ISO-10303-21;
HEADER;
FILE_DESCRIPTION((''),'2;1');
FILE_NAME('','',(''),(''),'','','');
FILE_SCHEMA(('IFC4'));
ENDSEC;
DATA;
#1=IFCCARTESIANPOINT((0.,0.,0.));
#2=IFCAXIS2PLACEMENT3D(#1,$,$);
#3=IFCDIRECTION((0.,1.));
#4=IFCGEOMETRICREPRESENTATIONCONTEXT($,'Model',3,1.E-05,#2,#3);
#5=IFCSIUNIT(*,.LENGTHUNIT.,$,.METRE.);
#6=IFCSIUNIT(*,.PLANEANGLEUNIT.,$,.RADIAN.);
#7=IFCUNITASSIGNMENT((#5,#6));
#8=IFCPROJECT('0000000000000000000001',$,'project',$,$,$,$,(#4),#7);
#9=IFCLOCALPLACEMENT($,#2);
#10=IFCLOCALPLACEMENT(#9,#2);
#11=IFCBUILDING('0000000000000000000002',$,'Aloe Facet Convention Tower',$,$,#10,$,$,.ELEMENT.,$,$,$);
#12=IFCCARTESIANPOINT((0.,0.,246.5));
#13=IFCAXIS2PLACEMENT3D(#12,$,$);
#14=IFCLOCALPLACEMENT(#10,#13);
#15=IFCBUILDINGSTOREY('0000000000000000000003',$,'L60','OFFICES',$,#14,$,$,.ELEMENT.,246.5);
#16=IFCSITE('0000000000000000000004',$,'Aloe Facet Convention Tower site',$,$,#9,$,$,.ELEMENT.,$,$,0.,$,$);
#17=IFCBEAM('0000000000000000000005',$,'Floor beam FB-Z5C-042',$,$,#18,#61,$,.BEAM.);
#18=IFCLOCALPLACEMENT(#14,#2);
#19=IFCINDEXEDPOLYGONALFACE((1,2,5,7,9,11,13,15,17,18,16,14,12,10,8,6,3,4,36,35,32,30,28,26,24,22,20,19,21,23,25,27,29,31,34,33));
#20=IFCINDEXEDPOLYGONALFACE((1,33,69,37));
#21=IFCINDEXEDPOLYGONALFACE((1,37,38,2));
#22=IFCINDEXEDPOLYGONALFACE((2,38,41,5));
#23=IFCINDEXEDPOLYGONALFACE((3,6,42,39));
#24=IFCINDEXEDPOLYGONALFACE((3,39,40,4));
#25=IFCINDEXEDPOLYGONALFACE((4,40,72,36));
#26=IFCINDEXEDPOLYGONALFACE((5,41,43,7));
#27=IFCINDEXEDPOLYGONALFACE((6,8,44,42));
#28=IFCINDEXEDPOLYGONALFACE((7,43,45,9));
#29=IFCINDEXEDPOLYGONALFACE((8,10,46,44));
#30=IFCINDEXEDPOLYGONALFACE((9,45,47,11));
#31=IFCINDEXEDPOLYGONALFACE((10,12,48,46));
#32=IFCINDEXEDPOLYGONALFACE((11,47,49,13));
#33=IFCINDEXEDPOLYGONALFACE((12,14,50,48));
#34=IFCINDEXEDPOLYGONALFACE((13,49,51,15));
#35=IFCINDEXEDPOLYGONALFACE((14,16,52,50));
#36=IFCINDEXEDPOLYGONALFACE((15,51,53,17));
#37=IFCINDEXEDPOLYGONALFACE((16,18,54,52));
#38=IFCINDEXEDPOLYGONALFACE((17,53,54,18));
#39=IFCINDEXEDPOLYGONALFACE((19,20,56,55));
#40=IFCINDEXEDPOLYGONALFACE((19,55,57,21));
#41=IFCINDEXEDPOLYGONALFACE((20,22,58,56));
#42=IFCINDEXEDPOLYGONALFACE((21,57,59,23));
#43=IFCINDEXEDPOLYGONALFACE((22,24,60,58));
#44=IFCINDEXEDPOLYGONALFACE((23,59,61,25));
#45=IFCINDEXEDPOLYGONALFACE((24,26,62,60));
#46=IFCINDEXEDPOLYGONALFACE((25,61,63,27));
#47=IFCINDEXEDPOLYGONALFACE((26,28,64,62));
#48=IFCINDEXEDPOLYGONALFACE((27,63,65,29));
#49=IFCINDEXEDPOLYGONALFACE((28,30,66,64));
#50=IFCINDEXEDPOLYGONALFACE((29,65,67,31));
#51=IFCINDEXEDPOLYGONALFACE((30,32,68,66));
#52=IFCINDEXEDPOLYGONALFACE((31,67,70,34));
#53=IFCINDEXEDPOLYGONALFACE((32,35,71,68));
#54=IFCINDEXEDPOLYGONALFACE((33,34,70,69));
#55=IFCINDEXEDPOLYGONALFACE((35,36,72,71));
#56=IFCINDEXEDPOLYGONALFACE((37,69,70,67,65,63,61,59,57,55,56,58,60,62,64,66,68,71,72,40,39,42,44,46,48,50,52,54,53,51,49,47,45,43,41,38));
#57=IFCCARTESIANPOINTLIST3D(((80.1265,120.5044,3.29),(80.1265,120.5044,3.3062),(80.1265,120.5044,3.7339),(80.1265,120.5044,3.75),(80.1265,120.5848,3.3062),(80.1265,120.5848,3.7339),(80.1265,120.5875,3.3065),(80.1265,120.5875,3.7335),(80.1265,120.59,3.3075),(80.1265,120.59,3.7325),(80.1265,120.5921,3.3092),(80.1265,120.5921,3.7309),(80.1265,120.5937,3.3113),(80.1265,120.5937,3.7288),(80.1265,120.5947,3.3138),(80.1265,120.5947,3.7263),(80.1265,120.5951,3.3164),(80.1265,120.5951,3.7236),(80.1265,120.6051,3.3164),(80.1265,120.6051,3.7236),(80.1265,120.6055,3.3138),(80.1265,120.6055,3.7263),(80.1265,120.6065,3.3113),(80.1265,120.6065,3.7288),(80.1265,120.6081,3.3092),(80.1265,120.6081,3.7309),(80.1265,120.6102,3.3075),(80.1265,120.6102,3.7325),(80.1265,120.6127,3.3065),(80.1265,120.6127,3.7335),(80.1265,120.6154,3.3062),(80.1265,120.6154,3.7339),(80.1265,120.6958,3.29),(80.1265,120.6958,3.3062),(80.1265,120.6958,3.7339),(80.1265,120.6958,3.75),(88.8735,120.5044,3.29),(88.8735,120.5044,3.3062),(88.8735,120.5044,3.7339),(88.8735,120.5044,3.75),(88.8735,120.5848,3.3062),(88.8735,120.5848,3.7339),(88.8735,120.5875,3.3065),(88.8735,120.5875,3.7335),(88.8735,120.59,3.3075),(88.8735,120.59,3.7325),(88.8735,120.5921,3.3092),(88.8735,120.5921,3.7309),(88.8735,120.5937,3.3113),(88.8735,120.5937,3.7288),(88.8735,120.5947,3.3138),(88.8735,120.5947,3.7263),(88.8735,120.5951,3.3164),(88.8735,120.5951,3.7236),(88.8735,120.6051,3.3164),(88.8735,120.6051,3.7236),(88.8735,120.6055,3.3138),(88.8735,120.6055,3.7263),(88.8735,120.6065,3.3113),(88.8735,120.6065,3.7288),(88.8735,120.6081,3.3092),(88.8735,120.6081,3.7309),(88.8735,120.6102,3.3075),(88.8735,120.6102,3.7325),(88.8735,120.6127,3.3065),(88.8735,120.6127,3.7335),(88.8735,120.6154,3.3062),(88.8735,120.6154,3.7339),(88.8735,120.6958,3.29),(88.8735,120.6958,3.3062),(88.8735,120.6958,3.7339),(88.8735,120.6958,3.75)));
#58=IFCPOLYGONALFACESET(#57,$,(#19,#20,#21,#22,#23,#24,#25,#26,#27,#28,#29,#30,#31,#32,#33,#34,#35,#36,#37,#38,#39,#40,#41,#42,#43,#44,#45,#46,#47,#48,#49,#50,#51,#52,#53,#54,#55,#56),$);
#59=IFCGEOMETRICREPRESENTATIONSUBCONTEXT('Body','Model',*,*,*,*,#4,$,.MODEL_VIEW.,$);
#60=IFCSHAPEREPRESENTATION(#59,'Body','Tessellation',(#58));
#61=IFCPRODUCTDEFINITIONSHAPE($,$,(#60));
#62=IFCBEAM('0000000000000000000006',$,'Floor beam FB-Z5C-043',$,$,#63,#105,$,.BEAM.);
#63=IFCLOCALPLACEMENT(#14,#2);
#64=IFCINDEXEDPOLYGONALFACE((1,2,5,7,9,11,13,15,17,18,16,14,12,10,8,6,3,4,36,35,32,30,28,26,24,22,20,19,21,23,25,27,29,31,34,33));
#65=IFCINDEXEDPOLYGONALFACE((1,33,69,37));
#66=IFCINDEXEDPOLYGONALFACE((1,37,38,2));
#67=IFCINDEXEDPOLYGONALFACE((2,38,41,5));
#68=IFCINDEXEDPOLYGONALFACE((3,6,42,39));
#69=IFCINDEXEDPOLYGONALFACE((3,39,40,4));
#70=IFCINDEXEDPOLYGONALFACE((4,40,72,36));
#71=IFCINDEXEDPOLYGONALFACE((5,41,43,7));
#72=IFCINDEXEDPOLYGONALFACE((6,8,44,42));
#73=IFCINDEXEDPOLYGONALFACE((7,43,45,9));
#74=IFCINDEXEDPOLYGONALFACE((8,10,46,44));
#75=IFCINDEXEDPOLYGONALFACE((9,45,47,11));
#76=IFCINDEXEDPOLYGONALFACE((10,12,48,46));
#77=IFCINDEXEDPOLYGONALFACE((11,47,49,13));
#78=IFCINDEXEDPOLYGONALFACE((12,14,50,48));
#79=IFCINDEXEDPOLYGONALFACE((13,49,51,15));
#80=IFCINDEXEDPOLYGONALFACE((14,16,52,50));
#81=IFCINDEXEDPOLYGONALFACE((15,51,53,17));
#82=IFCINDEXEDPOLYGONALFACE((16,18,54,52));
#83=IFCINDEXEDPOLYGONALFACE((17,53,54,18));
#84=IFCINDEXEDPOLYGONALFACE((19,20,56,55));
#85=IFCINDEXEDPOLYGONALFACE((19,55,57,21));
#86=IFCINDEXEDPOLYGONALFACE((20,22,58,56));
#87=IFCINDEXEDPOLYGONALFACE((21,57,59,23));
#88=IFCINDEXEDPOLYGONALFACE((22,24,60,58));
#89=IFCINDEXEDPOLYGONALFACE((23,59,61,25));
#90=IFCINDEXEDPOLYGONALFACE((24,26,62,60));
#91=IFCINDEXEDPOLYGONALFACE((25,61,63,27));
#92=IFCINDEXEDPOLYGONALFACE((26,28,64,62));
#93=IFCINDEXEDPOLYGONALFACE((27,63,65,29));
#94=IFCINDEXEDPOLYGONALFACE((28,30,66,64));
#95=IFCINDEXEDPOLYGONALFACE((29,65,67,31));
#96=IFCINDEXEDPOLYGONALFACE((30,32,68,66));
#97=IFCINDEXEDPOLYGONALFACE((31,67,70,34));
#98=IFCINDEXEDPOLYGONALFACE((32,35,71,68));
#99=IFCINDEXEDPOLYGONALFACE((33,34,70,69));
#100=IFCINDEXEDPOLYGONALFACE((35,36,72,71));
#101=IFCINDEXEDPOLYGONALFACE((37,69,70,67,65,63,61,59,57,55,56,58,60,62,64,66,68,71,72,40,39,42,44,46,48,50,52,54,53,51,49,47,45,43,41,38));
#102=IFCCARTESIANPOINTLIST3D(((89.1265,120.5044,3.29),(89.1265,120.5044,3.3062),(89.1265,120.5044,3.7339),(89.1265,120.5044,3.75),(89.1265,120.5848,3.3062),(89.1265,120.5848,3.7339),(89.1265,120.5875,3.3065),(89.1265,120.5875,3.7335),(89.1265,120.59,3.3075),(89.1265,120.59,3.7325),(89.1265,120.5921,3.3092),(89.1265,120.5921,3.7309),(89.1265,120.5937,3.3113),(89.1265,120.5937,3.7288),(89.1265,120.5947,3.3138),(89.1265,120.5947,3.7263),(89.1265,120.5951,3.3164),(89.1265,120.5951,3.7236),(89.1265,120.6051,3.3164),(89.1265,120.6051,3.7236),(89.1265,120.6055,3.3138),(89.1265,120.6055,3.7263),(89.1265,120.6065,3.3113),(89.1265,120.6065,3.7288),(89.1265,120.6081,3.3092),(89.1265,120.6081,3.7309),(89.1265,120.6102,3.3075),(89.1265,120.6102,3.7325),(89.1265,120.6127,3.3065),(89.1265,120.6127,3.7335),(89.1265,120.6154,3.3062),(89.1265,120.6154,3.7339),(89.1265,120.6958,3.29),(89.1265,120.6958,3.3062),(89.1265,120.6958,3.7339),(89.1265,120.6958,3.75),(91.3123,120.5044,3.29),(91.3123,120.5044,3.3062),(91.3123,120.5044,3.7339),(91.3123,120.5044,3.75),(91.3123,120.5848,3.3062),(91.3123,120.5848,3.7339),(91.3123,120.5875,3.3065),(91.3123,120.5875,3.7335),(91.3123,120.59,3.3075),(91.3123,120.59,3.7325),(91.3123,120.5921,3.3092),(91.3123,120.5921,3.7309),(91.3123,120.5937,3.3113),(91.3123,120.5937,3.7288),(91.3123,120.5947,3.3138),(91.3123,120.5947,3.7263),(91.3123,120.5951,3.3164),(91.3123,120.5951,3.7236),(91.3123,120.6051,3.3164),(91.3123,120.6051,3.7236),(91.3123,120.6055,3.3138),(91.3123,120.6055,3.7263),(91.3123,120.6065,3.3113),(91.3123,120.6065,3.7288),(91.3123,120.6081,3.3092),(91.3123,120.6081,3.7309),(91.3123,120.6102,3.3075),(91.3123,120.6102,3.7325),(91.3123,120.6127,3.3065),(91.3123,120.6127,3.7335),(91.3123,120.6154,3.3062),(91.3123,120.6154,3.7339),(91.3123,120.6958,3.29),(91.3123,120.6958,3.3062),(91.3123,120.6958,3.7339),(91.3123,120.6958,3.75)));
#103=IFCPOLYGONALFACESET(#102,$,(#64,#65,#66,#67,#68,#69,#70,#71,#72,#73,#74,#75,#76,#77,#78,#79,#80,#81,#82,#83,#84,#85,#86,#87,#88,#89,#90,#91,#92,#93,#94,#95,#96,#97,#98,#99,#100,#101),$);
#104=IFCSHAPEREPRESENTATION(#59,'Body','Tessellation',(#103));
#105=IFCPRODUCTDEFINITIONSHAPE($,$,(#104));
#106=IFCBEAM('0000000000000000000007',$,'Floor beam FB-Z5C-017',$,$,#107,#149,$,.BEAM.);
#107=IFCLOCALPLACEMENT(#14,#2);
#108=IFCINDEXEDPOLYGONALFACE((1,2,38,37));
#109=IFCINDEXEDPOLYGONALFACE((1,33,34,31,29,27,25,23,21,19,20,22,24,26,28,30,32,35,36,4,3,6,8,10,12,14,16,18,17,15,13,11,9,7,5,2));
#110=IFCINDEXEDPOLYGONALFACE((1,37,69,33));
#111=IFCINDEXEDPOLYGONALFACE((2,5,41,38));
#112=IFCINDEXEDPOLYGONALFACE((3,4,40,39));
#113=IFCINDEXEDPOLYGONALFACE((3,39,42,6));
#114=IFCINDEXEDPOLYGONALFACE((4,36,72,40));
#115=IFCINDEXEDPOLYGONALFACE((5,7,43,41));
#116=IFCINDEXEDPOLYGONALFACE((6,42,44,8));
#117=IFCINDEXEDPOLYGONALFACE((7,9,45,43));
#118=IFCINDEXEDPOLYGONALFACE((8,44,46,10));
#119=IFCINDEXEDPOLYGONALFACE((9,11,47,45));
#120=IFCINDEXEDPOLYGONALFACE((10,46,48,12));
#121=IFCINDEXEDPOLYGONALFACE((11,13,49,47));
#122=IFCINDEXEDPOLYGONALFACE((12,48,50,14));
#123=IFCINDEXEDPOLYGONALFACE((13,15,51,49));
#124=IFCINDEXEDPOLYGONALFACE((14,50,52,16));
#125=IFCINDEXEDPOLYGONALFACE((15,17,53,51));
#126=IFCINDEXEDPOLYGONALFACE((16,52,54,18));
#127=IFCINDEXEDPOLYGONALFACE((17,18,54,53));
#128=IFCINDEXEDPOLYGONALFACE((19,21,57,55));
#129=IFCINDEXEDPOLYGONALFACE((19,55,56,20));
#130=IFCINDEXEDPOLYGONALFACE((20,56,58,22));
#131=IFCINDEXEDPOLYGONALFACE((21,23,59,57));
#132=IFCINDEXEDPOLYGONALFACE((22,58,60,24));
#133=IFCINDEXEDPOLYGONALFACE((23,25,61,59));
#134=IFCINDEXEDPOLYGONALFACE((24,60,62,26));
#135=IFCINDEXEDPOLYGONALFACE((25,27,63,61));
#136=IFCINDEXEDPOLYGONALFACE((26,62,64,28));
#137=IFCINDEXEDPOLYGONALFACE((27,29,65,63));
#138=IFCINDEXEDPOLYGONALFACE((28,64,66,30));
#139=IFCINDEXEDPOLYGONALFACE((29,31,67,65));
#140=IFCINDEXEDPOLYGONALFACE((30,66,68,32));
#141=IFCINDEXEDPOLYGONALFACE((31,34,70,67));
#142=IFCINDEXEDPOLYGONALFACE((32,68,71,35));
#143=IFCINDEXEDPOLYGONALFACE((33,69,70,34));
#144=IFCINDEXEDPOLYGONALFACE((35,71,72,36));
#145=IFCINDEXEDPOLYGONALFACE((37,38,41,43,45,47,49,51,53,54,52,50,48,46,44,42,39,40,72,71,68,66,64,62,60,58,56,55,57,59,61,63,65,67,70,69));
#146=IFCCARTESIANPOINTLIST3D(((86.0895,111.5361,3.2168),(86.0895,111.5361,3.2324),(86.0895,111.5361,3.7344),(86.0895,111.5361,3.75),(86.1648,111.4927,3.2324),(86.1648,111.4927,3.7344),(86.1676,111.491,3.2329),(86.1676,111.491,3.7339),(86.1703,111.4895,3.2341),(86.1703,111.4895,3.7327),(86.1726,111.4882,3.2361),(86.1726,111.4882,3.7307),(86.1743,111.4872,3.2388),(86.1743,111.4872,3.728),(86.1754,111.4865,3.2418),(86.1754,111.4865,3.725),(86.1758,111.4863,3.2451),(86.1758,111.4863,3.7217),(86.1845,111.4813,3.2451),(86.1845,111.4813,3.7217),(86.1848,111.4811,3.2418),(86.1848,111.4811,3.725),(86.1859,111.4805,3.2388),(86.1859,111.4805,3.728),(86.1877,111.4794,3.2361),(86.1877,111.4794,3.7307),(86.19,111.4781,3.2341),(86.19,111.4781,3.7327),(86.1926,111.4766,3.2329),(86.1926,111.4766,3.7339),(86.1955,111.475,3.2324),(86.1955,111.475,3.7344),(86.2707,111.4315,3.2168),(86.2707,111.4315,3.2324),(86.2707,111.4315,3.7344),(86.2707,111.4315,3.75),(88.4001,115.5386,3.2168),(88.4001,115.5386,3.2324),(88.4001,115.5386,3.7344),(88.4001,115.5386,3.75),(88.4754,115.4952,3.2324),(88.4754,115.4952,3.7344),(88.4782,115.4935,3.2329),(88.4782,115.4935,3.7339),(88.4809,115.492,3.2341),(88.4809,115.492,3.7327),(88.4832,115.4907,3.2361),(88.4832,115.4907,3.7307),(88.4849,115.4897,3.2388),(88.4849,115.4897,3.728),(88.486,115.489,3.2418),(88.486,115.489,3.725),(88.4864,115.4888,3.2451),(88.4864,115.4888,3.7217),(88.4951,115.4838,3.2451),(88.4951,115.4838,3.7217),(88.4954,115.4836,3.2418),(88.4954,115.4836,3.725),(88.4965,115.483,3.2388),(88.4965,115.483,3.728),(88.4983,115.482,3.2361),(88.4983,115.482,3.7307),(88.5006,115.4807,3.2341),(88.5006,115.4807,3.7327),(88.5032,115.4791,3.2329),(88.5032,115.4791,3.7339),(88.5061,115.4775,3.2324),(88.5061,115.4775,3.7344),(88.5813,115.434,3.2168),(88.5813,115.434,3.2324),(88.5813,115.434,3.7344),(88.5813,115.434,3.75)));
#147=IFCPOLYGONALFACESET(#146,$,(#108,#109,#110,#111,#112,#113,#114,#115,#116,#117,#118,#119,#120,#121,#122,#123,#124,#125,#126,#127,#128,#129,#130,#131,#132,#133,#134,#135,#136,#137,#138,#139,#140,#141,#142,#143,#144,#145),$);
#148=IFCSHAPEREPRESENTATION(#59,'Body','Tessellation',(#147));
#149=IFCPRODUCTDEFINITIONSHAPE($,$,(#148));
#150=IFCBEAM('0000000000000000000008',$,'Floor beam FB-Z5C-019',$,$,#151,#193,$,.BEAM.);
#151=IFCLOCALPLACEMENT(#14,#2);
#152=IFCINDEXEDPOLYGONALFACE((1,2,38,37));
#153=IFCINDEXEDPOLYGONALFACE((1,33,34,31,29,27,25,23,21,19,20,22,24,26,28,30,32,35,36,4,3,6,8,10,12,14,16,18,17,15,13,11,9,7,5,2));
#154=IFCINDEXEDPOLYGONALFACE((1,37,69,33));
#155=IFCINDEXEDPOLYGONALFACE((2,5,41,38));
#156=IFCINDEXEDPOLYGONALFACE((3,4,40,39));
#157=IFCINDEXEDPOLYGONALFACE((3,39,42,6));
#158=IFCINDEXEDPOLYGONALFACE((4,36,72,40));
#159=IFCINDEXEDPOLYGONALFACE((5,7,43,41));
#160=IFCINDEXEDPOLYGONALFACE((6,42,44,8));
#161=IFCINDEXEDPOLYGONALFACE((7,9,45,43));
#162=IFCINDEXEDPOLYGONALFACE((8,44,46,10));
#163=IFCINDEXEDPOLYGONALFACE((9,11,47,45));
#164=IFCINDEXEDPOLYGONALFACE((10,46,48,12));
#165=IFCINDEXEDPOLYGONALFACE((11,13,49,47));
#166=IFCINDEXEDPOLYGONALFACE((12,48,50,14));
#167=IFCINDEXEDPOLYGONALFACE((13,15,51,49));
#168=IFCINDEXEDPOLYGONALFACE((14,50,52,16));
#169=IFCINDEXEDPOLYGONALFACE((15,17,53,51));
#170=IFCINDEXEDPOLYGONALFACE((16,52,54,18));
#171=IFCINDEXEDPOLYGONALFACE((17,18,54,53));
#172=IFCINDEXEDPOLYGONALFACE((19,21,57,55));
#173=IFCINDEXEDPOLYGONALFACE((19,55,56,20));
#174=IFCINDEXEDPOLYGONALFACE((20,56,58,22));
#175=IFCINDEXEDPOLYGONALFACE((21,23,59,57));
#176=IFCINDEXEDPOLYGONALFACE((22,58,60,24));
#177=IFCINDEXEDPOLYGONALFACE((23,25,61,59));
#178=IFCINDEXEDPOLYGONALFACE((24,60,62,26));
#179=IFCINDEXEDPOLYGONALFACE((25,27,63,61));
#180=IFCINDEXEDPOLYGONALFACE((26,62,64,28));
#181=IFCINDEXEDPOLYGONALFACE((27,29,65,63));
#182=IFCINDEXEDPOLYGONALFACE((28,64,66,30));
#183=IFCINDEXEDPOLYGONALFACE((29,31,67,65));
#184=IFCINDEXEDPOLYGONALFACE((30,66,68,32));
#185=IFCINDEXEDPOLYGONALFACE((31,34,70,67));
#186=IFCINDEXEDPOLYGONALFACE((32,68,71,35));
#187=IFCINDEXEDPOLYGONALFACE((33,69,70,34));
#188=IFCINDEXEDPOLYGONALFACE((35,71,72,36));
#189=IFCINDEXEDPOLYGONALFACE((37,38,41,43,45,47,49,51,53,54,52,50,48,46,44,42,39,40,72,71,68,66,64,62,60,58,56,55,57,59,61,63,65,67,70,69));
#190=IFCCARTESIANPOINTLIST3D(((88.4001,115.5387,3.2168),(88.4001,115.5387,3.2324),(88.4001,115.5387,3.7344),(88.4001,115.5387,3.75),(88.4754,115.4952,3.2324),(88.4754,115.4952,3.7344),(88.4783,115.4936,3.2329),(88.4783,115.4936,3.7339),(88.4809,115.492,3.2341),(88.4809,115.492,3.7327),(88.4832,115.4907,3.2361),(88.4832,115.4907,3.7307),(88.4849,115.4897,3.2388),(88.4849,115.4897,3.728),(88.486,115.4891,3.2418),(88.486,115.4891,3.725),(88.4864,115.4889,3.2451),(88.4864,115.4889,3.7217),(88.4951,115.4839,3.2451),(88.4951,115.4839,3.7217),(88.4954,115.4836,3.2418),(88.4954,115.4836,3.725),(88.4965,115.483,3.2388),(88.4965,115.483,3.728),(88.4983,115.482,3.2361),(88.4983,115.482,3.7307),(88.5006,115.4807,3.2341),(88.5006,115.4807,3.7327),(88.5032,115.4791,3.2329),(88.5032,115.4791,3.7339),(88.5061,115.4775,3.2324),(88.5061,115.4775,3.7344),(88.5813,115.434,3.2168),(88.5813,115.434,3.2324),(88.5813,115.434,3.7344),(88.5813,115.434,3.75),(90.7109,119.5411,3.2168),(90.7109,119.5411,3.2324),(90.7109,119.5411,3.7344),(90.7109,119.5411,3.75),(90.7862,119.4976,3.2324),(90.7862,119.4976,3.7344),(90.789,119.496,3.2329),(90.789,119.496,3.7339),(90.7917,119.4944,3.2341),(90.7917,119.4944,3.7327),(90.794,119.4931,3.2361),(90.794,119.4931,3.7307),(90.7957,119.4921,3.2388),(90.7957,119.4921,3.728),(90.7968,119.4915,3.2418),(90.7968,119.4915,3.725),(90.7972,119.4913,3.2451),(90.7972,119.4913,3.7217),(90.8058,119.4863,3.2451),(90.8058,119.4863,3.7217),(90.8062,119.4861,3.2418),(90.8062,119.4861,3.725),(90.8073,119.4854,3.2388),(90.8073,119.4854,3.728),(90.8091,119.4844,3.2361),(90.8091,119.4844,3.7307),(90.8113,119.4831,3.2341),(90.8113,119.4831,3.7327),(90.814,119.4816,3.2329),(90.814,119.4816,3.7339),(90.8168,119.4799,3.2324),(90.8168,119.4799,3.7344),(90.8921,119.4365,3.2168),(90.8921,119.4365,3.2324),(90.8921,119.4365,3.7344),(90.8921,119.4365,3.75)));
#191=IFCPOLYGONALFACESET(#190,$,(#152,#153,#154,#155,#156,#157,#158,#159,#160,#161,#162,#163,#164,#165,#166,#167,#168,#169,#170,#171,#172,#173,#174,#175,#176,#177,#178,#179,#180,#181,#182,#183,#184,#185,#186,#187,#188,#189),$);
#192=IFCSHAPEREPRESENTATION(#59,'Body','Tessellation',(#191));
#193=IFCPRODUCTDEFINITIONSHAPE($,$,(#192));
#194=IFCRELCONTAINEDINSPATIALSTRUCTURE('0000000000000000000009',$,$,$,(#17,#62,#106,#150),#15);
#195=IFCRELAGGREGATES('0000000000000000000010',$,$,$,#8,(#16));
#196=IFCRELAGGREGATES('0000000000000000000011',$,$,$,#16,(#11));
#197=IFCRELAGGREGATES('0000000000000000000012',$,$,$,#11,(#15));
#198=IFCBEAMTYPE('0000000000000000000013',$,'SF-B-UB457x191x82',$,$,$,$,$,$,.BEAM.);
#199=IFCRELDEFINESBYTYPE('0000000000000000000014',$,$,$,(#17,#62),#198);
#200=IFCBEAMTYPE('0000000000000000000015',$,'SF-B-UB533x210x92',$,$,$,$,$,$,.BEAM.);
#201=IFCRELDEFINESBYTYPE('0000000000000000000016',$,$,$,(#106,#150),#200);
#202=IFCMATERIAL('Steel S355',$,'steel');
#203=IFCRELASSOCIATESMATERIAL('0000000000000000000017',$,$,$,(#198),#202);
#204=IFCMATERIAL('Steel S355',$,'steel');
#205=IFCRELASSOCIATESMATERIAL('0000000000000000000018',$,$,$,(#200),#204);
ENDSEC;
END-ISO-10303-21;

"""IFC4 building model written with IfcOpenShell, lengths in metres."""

from ifc_helpers import new_model, si_unit, direction, frame, origin, origin_2d, place, context, subcontext, project, spatial, i_section, extrude, material, material_profile, profile_set, type_object, element, save


model = new_model("IFC4")

# Units and contexts
model_context = context("Model", 3, precision=1e-05, world=origin(), true_north=direction((0.0, 1.0)))
body_context = subcontext(model_context, "Body", "Model", "MODEL_VIEW")
ifc_project = project(units=[si_unit("LENGTHUNIT", "METRE"), si_unit("PLANEANGLEUNIT", "RADIAN")], contexts=[model_context])

# Site, building, storey
site_placement = place(None, origin())
site = spatial("IfcSite", under=ifc_project, at=site_placement, Name="Aloe Facet Convention Tower site", CompositionType="ELEMENT", RefElevation=0.0)
building_placement = place(site_placement, origin())
building = spatial("IfcBuilding", under=site, at=building_placement, Name="Aloe Facet Convention Tower", CompositionType="ELEMENT")
storey_placement = place(building_placement, frame((0.0, 0.0, 246.5)))
storey = spatial("IfcBuildingStorey", under=building, at=storey_placement, Name="L60", Description="OFFICES", CompositionType="ELEMENT", Elevation=246.5)

# Beams
ifc_material_1 = material(Name="Steel S355", Category="steel")
ifc_material_profile_1 = material_profile(ifc_material_1, i_section(OverallWidth=0.1914, OverallDepth=0.46, WebThickness=0.01, FlangeThickness=0.0161, FilletRadius=0.0103, at=origin_2d()), Name="UB 457x191x82")
ifc_profile_set_1 = profile_set([ifc_material_profile_1], Name="Steel S355")
beam_type_1 = type_object("IfcBeamType", Name="SF-B-UB457x191x82", PredefinedType="BEAM", material=ifc_profile_set_1)
beam_1_placement = place(storey_placement, frame((80.1265, 120.6001, 3.52), z_axis=(1.0, 0.0, 0.0), x_axis=(0.0, 1.0, 0.0)))
element("IfcBeam", 1, at=beam_1_placement, inside=storey, type_object=beam_type_1, Name="Floor beam FB-Z5C-042", PredefinedType="BEAM", context=body_context, shape_type="SweptSolid", body=[
    extrude(i_section(OverallWidth=0.1914, OverallDepth=0.46, WebThickness=0.01, FlangeThickness=0.0161, FilletRadius=0.0103, at=origin_2d()), origin(), (0.0, 0.0, 1.0), 8.7471),
])
beam_2_placement = place(storey_placement, frame((89.1265, 120.6001, 3.52), z_axis=(1.0, 0.0, 0.0), x_axis=(0.0, 1.0, 0.0)))
element("IfcBeam", 2, at=beam_2_placement, inside=storey, type_object=beam_type_1, Name="Floor beam FB-Z5C-043", PredefinedType="BEAM", context=body_context, shape_type="SweptSolid", body=[
    extrude(i_section(OverallWidth=0.1914, OverallDepth=0.46, WebThickness=0.01, FlangeThickness=0.0161, FilletRadius=0.0103, at=origin_2d()), origin(), (0.0, 0.0, 1.0), 2.1858),
])
ifc_material_2 = material(Name="Steel S355", Category="steel")
ifc_material_profile_2 = material_profile(ifc_material_2, i_section(OverallWidth=0.2092, OverallDepth=0.5332, WebThickness=0.01, FlangeThickness=0.0156, FilletRadius=0.0127, at=origin_2d()), Name="UB 533x210x92")
ifc_profile_set_2 = profile_set([ifc_material_profile_2], Name="Steel S355")
beam_type_2 = type_object("IfcBeamType", Name="SF-B-UB533x210x92", PredefinedType="BEAM", material=ifc_profile_set_2)
for number, where, z_axis, x_axis, name in (
    (3, (88.4907, 115.4863, 3.4834), (-0.499957, -0.86605, 0.0), (0.86605, -0.499957, 0.0), "Floor beam FB-Z5C-017"),
    (4, (90.8015, 119.4888, 3.4834), (-0.499997, -0.866027, 0.0), (0.866027, -0.499997, 0.0), "Floor beam FB-Z5C-019"),
):
    element("IfcBeam", number, at=place(storey_placement, frame(where, z_axis=z_axis, x_axis=x_axis)), inside=storey, type_object=beam_type_2, Name=name, PredefinedType="BEAM", context=body_context, shape_type="SweptSolid", body=[
        extrude(i_section(OverallWidth=0.2092, OverallDepth=0.5332, WebThickness=0.01, FlangeThickness=0.0156, FilletRadius=0.0127, at=origin_2d()), origin(), (0.0, 0.0, 1.0), 4.6216),
    ])

save(model, "model.ifc")
